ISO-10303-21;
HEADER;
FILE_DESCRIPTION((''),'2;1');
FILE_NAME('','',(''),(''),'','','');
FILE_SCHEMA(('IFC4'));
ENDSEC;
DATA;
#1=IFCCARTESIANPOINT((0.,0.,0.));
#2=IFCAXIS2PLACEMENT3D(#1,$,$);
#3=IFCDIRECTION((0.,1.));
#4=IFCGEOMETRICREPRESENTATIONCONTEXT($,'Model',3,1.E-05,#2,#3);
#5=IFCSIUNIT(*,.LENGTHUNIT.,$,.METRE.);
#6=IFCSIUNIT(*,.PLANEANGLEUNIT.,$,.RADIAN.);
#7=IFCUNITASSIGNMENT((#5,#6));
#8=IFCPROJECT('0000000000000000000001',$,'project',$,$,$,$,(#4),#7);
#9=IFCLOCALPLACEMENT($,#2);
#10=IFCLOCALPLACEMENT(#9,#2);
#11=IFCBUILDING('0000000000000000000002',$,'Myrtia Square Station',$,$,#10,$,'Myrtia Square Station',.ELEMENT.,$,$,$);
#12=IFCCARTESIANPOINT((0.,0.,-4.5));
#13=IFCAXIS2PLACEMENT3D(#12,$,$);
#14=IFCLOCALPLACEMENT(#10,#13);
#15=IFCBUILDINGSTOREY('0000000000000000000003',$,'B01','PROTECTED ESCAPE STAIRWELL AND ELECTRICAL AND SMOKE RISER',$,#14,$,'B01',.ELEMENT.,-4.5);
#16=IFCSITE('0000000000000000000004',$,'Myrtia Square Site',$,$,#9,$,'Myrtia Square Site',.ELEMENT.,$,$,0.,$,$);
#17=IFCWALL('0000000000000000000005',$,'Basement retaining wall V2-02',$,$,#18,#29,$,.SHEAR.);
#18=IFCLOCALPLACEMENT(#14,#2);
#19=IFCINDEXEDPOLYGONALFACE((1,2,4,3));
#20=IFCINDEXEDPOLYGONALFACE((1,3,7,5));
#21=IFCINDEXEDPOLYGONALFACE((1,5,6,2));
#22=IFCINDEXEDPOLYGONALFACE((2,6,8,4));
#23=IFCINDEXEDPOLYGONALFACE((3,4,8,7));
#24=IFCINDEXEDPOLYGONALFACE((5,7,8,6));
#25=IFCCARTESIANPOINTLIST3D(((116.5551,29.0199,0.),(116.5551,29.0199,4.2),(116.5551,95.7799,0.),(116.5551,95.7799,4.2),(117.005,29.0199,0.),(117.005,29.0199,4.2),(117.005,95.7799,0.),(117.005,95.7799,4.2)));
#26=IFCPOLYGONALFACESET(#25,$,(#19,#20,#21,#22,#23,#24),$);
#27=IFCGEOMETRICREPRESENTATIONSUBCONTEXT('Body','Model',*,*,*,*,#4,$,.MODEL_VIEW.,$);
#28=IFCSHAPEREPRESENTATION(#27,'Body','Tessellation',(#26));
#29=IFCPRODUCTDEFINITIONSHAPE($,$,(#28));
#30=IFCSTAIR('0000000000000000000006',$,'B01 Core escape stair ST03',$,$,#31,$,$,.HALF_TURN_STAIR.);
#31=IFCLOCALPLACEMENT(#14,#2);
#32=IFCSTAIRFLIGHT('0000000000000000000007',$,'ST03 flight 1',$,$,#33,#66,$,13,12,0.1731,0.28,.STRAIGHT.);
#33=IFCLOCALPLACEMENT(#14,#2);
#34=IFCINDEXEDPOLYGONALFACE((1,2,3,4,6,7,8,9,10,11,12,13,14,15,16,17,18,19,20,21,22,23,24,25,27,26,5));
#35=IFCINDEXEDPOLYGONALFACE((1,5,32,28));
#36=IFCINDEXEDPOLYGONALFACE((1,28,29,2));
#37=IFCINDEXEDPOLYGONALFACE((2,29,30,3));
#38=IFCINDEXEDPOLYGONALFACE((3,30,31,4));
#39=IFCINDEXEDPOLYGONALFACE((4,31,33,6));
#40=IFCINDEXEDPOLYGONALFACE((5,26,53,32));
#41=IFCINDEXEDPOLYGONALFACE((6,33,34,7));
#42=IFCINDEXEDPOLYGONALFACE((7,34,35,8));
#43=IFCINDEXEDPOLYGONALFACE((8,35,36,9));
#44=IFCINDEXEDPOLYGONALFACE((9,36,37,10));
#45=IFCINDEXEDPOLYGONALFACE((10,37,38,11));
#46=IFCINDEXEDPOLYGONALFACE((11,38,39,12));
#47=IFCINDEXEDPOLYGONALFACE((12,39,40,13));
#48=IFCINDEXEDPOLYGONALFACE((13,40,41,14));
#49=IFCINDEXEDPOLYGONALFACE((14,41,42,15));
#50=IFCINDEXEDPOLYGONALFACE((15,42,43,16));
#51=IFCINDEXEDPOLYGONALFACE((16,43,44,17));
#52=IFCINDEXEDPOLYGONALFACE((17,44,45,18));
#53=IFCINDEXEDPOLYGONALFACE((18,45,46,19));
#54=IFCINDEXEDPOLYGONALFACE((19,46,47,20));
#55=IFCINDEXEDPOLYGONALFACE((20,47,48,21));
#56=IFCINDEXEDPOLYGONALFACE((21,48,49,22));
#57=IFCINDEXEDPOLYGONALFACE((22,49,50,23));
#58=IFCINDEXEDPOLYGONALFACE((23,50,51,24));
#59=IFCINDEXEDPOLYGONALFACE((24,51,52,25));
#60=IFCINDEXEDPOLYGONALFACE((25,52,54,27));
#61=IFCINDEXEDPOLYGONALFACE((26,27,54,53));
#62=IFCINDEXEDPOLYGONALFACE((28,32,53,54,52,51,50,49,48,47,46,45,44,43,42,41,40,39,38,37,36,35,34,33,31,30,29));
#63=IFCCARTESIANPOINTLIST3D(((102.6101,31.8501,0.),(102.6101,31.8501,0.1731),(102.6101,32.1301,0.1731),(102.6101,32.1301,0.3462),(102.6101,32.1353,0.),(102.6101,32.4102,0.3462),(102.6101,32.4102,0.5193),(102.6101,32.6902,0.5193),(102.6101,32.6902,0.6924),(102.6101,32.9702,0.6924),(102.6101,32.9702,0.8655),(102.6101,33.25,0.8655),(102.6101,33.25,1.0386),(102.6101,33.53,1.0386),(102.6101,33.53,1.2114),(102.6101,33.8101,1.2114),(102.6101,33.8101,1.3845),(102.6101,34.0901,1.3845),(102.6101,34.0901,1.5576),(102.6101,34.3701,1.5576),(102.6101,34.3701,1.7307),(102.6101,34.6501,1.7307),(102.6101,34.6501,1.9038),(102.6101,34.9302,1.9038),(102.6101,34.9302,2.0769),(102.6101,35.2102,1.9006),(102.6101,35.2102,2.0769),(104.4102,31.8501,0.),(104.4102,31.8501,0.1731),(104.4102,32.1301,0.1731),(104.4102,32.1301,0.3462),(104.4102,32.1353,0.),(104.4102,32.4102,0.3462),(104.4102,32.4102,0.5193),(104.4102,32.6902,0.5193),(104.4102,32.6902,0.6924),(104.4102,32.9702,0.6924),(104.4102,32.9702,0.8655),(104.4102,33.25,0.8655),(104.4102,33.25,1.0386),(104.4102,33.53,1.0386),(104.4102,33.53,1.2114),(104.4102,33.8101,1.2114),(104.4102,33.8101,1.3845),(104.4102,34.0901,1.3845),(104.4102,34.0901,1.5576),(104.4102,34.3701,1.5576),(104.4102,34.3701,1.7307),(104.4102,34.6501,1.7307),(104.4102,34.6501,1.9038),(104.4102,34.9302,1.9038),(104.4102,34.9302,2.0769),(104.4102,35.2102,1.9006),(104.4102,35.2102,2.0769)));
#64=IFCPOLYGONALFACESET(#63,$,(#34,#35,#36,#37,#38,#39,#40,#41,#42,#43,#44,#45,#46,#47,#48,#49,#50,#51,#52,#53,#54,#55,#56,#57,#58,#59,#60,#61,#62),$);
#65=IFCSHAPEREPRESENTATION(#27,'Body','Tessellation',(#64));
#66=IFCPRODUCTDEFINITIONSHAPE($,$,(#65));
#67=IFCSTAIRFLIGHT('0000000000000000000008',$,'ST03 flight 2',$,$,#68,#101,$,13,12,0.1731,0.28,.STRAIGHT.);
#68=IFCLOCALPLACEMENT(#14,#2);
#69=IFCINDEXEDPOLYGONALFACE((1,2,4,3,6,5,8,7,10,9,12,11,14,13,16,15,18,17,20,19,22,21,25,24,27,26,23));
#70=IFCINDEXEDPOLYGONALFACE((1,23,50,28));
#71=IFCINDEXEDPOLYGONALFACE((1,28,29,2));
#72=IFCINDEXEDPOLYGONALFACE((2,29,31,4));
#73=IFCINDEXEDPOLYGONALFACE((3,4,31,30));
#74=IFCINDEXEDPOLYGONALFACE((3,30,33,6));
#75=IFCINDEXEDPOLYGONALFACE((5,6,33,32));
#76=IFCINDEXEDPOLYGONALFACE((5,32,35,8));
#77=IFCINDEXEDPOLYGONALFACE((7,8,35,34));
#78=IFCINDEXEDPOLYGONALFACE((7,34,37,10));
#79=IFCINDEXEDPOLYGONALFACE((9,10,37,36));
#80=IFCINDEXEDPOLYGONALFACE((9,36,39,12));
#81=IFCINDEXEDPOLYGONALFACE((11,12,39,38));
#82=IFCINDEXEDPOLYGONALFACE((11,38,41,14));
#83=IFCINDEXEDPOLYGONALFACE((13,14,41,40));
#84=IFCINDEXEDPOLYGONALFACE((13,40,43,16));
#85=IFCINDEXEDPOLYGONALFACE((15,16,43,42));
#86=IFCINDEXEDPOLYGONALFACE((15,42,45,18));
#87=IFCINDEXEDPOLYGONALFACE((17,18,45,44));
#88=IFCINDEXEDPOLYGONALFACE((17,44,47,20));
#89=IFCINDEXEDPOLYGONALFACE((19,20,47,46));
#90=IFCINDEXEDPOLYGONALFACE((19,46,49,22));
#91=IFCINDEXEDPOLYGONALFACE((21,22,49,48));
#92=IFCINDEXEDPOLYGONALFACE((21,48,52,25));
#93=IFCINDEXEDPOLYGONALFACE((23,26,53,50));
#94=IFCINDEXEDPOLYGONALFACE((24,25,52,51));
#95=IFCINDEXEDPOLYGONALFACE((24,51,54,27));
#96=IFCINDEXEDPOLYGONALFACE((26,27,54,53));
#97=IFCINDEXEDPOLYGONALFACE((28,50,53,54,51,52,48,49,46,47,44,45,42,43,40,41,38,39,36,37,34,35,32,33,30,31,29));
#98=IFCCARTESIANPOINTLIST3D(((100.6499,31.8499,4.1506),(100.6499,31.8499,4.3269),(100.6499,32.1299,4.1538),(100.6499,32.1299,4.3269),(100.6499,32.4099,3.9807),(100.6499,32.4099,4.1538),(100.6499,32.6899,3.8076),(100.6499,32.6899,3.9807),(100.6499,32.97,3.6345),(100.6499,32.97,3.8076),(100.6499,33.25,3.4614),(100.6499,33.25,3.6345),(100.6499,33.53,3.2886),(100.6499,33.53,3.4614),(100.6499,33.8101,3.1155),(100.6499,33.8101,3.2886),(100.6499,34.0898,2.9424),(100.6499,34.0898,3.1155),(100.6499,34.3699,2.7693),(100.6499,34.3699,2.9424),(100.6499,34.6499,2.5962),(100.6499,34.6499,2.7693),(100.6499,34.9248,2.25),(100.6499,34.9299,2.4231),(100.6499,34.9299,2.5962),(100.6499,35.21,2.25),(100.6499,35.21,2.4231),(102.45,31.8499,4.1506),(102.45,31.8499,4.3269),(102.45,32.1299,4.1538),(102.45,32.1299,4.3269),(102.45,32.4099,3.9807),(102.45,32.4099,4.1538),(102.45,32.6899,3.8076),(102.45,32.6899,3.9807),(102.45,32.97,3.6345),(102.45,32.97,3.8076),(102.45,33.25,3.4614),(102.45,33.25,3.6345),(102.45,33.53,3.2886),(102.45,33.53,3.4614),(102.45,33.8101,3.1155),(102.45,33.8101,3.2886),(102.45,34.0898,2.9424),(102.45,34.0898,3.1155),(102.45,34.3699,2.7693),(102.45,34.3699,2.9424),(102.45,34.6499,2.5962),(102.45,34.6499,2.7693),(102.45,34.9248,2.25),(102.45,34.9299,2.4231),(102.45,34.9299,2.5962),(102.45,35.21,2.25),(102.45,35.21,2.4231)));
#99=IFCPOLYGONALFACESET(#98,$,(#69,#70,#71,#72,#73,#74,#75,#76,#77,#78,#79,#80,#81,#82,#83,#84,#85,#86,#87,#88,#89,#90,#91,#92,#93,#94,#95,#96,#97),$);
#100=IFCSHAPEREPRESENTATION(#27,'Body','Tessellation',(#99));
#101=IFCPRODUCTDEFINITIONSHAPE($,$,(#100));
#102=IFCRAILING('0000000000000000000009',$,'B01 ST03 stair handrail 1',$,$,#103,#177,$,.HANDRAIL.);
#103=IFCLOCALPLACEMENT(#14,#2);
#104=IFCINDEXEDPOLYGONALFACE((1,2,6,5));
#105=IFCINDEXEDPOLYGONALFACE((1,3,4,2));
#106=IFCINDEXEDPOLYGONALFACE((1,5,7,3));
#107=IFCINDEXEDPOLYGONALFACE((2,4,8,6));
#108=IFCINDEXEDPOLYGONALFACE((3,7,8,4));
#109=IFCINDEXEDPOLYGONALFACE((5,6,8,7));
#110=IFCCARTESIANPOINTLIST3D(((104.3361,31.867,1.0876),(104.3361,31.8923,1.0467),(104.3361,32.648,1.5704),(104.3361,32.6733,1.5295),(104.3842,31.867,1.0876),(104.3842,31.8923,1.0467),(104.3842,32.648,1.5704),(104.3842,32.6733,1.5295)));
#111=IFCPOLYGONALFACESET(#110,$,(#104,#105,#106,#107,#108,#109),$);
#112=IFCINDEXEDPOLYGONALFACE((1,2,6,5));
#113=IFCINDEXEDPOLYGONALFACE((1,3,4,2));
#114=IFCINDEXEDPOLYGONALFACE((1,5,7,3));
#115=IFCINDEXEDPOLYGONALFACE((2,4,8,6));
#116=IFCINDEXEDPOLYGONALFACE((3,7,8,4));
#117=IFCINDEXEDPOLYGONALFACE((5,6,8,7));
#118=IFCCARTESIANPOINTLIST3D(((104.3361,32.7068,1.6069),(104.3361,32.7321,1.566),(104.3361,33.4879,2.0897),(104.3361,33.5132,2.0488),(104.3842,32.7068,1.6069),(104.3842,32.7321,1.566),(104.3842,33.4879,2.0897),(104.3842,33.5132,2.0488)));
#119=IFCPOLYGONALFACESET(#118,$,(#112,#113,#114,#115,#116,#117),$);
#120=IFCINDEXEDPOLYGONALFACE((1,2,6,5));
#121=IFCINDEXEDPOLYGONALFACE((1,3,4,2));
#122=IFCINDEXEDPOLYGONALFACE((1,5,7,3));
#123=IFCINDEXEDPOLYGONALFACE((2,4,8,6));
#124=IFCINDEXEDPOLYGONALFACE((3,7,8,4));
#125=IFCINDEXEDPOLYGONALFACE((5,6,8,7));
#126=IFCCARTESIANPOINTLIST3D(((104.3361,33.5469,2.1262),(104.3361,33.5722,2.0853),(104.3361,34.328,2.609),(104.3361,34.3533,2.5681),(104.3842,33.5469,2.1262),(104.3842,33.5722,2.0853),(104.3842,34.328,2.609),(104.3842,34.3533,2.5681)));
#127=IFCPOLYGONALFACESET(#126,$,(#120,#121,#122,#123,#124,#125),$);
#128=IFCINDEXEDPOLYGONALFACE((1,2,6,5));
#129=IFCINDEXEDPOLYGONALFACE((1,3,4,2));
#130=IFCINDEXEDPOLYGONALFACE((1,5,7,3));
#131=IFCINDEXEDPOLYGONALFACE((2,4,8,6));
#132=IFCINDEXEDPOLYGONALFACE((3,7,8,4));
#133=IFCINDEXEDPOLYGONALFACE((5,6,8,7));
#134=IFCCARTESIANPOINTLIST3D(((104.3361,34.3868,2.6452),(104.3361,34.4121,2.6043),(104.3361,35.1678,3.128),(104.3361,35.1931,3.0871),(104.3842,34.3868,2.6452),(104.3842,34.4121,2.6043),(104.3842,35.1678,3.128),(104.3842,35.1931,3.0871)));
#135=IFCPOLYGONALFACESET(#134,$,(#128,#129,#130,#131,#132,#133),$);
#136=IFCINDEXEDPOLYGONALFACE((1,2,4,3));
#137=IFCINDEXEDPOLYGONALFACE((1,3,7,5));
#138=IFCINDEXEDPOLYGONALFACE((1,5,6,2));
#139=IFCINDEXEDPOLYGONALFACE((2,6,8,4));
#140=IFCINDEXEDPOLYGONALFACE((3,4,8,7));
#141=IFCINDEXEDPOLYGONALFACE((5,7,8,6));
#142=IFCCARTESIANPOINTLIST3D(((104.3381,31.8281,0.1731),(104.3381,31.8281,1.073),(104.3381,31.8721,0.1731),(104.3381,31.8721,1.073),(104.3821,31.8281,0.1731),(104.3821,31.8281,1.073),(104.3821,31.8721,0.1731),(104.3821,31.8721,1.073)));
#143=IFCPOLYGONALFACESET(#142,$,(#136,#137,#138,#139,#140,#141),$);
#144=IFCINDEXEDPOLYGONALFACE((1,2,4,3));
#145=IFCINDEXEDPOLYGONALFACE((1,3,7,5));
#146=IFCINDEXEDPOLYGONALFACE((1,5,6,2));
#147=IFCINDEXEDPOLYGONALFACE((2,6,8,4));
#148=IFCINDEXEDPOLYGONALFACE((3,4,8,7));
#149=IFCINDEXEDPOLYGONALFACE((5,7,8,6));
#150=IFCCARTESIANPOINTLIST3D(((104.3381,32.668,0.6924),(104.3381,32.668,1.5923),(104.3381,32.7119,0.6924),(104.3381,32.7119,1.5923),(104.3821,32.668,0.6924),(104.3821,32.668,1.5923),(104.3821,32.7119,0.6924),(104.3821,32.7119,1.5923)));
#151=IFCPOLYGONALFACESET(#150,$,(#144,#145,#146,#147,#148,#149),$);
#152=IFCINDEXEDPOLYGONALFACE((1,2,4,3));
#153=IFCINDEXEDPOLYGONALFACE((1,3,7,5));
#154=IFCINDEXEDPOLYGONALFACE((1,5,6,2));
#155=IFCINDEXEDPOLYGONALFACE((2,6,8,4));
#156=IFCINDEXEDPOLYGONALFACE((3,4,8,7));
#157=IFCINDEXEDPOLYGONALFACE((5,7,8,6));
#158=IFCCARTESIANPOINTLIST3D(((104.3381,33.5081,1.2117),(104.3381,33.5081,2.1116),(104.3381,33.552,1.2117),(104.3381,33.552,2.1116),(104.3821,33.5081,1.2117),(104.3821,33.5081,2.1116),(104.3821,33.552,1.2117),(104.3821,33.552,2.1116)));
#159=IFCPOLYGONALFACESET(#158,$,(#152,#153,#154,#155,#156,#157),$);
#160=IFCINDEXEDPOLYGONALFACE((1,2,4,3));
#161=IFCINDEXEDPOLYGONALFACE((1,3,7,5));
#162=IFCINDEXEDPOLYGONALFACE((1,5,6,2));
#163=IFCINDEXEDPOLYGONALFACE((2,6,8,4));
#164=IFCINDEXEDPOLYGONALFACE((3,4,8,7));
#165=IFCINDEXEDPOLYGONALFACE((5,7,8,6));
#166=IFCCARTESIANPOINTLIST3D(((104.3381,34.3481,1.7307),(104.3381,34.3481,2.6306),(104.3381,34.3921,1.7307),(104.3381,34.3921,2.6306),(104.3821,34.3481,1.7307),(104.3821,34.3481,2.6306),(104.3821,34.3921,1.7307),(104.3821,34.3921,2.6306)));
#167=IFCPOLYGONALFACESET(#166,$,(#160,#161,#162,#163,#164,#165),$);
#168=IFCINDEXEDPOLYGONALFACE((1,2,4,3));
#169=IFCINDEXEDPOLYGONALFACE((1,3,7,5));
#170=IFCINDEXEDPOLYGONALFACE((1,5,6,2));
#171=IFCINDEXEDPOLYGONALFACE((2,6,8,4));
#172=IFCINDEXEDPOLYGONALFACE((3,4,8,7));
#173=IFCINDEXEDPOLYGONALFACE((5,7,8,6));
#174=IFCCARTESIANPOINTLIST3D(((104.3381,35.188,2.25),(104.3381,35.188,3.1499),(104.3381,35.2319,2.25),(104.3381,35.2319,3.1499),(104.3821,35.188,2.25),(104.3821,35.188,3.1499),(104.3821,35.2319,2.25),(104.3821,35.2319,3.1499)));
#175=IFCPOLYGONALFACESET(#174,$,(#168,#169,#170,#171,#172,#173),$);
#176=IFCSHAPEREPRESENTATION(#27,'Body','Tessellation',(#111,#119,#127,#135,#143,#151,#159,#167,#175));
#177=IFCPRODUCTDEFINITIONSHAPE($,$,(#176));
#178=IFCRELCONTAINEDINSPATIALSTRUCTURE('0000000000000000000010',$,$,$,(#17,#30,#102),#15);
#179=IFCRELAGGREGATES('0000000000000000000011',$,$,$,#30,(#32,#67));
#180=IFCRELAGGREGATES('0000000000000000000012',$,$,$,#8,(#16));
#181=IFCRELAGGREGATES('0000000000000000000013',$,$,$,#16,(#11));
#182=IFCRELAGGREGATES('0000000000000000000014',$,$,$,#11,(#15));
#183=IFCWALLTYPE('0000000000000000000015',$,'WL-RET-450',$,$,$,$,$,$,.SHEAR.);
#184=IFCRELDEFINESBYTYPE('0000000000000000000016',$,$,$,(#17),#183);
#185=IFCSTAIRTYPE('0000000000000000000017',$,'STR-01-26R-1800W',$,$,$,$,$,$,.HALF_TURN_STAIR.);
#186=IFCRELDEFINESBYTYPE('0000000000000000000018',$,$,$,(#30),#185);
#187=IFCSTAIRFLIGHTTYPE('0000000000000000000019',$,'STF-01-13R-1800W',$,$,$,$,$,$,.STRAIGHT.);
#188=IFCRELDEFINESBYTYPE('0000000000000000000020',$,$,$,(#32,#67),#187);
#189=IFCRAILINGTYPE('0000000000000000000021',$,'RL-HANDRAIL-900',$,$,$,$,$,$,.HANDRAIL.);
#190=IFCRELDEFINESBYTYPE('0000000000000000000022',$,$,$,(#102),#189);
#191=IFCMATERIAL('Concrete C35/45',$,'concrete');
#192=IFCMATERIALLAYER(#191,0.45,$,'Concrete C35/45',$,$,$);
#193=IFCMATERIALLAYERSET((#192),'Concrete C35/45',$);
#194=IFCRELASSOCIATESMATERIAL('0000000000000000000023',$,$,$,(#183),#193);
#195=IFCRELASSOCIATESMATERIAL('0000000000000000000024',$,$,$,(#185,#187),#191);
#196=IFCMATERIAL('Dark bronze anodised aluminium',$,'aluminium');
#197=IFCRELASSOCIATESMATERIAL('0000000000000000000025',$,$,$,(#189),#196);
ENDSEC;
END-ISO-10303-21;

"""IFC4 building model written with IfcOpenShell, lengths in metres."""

from ifc_helpers import new_model, si_unit, direction, frame, frame_2d, origin, origin_2d, place, context, subcontext, project, spatial, polyline, rectangle, outline, extrude, material, layer, layer_set, type_object, element, aggregate, save


model = new_model("IFC4")

# Units and contexts
model_context = context("Model", 3, precision=1e-05, world=origin(), true_north=direction((0.0, 1.0)))
body_context = subcontext(model_context, "Body", "Model", "MODEL_VIEW")
ifc_project = project(units=[si_unit("LENGTHUNIT", "METRE"), si_unit("PLANEANGLEUNIT", "RADIAN")], contexts=[model_context])

# Site, building, storey
site_placement = place(None, origin())
site = spatial("IfcSite", under=ifc_project, at=site_placement, Name="Myrtia Square Site", LongName="Myrtia Square Site", CompositionType="ELEMENT", RefElevation=0.0)
building_placement = place(site_placement, origin())
building = spatial("IfcBuilding", under=site, at=building_placement, Name="Myrtia Square Station", LongName="Myrtia Square Station", CompositionType="ELEMENT")
storey_placement = place(building_placement, frame((0.0, 0.0, -4.5)))
storey = spatial("IfcBuildingStorey", under=building, at=storey_placement, Name="B01", Description="PROTECTED ESCAPE STAIRWELL AND ELECTRICAL AND SMOKE RISER", LongName="B01", CompositionType="ELEMENT", Elevation=-4.5)

# Shared definitions
ifc_material_1 = material(Name="Concrete C35/45", Category="concrete")

# Shared definitions
ifc_material_2 = material(Name="Dark bronze anodised aluminium", Category="aluminium")

# Wall
ifc_layer_1 = layer(ifc_material_1, 0.45, Name="Concrete C35/45")
ifc_layer_set_1 = layer_set([ifc_layer_1], Name="Concrete C35/45")
wall_type_1 = type_object("IfcWallType", Name="WL-RET-450", PredefinedType="SHEAR", material=ifc_layer_set_1)
wall_1_placement = place(storey_placement, frame((116.78, 29.02, 0.0), z_axis=(0.0, 0.0, 1.0), x_axis=(0.0, 1.0, 0.0)))
element("IfcWall", 1, at=wall_1_placement, inside=storey, type_object=wall_type_1, Name="Basement retaining wall V2-02", PredefinedType="SHEAR", context=body_context, shape_type="SweptSolid", body=[
    extrude(rectangle(XDim=66.76, YDim=0.45, at=frame_2d((33.3799, 0.0))), origin(), (0.0, 0.0, 1.0), 4.2),
])

# Stair, stair flights
stair_type = type_object("IfcStairType", Name="STR-01-26R-1800W", PredefinedType="HALF_TURN_STAIR", material=ifc_material_1)
stair_placement = place(storey_placement, origin())
stair = element("IfcStair", 2, at=stair_placement, inside=storey, type_object=stair_type, Name="B01 Core escape stair ST03", PredefinedType="HALF_TURN_STAIR")
stair_flight_type = type_object("IfcStairFlightType", Name="STF-01-13R-1800W", PredefinedType="STRAIGHT", material=ifc_material_1)
stair_flight_1_placement = place(storey_placement, frame((103.51, 31.8501, 0.0), z_axis=(0.0, 0.0, 1.0), x_axis=(0.0, 1.0, 0.0)))
stair_flight_1 = element("IfcStairFlight", 3, at=stair_flight_1_placement, type_object=stair_flight_type, Name="ST03 flight 1", NumberOfRisers=13, NumberOfTreads=12, PredefinedType="STRAIGHT", RiserHeight=0.1731, TreadLength=0.28, context=body_context, shape_type="SweptSolid", body=[
    extrude(outline(polyline([(0.0, 0.0), (0.0, 0.1731), (0.28, 0.1731), (0.28, 0.3462), (0.5601, 0.3462), (0.5601, 0.5193), (0.8401, 0.5193), (0.8401, 0.6924), (1.1201, 0.6924), (1.1201, 0.8655), (1.3999, 0.8655), (1.3999, 1.0386), (1.6799, 1.0386), (1.6799, 1.2114), (1.96, 1.2114), (1.96, 1.3845), (2.24, 1.3845), (2.24, 1.5576), (2.52, 1.5576), (2.52, 1.7307), (2.8, 1.7307), (2.8, 1.9038), (3.0801, 1.9038), (3.0801, 2.0769), (3.3601, 2.0769), (3.3601, 2.25), (3.3601, 1.9006), (0.2852, 0.0), (0.0, 0.0)])), frame((0.0, 0.8999, 0.0), z_axis=(0.0, -1.0, 0.0), x_axis=(1.0, 0.0, 0.0)), (0.0, 0.0, 1.0), 1.8),
])
stair_flight_2_placement = place(storey_placement, frame((101.55, 35.21, 2.25), z_axis=(0.0, 0.0, 1.0), x_axis=(0.0, -1.0, 0.0)))
stair_flight_2 = element("IfcStairFlight", 4, at=stair_flight_2_placement, type_object=stair_flight_type, Name="ST03 flight 2", NumberOfRisers=13, NumberOfTreads=12, PredefinedType="STRAIGHT", RiserHeight=0.1731, TreadLength=0.28, context=body_context, shape_type="SweptSolid", body=[
    extrude(outline(polyline([(0.0, 0.0), (0.0, 0.1731), (0.28, 0.1731), (0.28, 0.3462), (0.5601, 0.3462), (0.5601, 0.5193), (0.8401, 0.5193), (0.8401, 0.6924), (1.1201, 0.6924), (1.1201, 0.8655), (1.3999, 0.8655), (1.3999, 1.0386), (1.6799, 1.0386), (1.6799, 1.2114), (1.96, 1.2114), (1.96, 1.3845), (2.24, 1.3845), (2.24, 1.5576), (2.52, 1.5576), (2.52, 1.7307), (2.8, 1.7307), (2.8, 1.9038), (3.0801, 1.9038), (3.0801, 2.0769), (3.3601, 2.0769), (3.3601, 2.25), (3.3601, 1.9006), (0.2852, 0.0), (0.0, 0.0)])), frame((0.0, 0.8999, 0.0), z_axis=(0.0, -1.0, 0.0), x_axis=(1.0, 0.0, 0.0)), (0.0, 0.0, 1.0), 1.8),
])
aggregate(stair, [stair_flight_1, stair_flight_2])

# Railing
railing_type_1 = type_object("IfcRailingType", Name="RL-HANDRAIL-900", PredefinedType="HANDRAIL", material=ifc_material_2)
railing_1_placement = place(storey_placement, frame((104.3601, 31.8501, 0.1731)))
element("IfcRailing", 5, at=railing_1_placement, inside=storey, type_object=railing_type_1, Name="B01 ST03 stair handrail 1", PredefinedType="HANDRAIL", context=body_context, shape_type="SweptSolid", body=[
    extrude(rectangle(XDim=0.0481, YDim=0.0481, at=origin_2d()), frame((0.0, 0.0295, 0.894), z_axis=(0.0, 0.850606, 0.525803), x_axis=(-1.0, 0.0, 0.0)), (0.0, 0.0, 1.0), 0.9182),
    extrude(rectangle(XDim=0.0481, YDim=0.0481, at=origin_2d()), frame((0.0, 0.8694, 1.4133), z_axis=(0.0, 0.850606, 0.525803), x_axis=(-1.0, 0.0, 0.0)), (0.0, 0.0, 1.0), 0.9182),
    extrude(rectangle(XDim=0.0481, YDim=0.0481, at=origin_2d()), frame((0.0, 1.7095, 1.9326), z_axis=(0.0, 0.850606, 0.525803), x_axis=(-1.0, 0.0, 0.0)), (0.0, 0.0, 1.0), 0.9182),
    extrude(rectangle(XDim=0.0481, YDim=0.0481, at=origin_2d()), frame((0.0, 2.5493, 2.4517), z_axis=(0.0, 0.850606, 0.525803), x_axis=(-1.0, 0.0, 0.0)), (0.0, 0.0, 1.0), 0.9182),
    extrude(rectangle(XDim=0.0439, YDim=0.0439, at=origin_2d()), origin(), (0.0, 0.0, 1.0), 0.8999),
    extrude(rectangle(XDim=0.0439, YDim=0.0439, at=origin_2d()), frame((0.0, 0.8398, 0.5193)), (0.0, 0.0, 1.0), 0.8999),
    extrude(rectangle(XDim=0.0439, YDim=0.0439, at=origin_2d()), frame((0.0, 1.6799, 1.0386)), (0.0, 0.0, 1.0), 0.8999),
    extrude(rectangle(XDim=0.0439, YDim=0.0439, at=origin_2d()), frame((0.0, 2.52, 1.5576)), (0.0, 0.0, 1.0), 0.8999),
    extrude(rectangle(XDim=0.0439, YDim=0.0439, at=origin_2d()), frame((0.0, 3.3599, 2.0769)), (0.0, 0.0, 1.0), 0.8999),
])

save(model, "model.ifc")
